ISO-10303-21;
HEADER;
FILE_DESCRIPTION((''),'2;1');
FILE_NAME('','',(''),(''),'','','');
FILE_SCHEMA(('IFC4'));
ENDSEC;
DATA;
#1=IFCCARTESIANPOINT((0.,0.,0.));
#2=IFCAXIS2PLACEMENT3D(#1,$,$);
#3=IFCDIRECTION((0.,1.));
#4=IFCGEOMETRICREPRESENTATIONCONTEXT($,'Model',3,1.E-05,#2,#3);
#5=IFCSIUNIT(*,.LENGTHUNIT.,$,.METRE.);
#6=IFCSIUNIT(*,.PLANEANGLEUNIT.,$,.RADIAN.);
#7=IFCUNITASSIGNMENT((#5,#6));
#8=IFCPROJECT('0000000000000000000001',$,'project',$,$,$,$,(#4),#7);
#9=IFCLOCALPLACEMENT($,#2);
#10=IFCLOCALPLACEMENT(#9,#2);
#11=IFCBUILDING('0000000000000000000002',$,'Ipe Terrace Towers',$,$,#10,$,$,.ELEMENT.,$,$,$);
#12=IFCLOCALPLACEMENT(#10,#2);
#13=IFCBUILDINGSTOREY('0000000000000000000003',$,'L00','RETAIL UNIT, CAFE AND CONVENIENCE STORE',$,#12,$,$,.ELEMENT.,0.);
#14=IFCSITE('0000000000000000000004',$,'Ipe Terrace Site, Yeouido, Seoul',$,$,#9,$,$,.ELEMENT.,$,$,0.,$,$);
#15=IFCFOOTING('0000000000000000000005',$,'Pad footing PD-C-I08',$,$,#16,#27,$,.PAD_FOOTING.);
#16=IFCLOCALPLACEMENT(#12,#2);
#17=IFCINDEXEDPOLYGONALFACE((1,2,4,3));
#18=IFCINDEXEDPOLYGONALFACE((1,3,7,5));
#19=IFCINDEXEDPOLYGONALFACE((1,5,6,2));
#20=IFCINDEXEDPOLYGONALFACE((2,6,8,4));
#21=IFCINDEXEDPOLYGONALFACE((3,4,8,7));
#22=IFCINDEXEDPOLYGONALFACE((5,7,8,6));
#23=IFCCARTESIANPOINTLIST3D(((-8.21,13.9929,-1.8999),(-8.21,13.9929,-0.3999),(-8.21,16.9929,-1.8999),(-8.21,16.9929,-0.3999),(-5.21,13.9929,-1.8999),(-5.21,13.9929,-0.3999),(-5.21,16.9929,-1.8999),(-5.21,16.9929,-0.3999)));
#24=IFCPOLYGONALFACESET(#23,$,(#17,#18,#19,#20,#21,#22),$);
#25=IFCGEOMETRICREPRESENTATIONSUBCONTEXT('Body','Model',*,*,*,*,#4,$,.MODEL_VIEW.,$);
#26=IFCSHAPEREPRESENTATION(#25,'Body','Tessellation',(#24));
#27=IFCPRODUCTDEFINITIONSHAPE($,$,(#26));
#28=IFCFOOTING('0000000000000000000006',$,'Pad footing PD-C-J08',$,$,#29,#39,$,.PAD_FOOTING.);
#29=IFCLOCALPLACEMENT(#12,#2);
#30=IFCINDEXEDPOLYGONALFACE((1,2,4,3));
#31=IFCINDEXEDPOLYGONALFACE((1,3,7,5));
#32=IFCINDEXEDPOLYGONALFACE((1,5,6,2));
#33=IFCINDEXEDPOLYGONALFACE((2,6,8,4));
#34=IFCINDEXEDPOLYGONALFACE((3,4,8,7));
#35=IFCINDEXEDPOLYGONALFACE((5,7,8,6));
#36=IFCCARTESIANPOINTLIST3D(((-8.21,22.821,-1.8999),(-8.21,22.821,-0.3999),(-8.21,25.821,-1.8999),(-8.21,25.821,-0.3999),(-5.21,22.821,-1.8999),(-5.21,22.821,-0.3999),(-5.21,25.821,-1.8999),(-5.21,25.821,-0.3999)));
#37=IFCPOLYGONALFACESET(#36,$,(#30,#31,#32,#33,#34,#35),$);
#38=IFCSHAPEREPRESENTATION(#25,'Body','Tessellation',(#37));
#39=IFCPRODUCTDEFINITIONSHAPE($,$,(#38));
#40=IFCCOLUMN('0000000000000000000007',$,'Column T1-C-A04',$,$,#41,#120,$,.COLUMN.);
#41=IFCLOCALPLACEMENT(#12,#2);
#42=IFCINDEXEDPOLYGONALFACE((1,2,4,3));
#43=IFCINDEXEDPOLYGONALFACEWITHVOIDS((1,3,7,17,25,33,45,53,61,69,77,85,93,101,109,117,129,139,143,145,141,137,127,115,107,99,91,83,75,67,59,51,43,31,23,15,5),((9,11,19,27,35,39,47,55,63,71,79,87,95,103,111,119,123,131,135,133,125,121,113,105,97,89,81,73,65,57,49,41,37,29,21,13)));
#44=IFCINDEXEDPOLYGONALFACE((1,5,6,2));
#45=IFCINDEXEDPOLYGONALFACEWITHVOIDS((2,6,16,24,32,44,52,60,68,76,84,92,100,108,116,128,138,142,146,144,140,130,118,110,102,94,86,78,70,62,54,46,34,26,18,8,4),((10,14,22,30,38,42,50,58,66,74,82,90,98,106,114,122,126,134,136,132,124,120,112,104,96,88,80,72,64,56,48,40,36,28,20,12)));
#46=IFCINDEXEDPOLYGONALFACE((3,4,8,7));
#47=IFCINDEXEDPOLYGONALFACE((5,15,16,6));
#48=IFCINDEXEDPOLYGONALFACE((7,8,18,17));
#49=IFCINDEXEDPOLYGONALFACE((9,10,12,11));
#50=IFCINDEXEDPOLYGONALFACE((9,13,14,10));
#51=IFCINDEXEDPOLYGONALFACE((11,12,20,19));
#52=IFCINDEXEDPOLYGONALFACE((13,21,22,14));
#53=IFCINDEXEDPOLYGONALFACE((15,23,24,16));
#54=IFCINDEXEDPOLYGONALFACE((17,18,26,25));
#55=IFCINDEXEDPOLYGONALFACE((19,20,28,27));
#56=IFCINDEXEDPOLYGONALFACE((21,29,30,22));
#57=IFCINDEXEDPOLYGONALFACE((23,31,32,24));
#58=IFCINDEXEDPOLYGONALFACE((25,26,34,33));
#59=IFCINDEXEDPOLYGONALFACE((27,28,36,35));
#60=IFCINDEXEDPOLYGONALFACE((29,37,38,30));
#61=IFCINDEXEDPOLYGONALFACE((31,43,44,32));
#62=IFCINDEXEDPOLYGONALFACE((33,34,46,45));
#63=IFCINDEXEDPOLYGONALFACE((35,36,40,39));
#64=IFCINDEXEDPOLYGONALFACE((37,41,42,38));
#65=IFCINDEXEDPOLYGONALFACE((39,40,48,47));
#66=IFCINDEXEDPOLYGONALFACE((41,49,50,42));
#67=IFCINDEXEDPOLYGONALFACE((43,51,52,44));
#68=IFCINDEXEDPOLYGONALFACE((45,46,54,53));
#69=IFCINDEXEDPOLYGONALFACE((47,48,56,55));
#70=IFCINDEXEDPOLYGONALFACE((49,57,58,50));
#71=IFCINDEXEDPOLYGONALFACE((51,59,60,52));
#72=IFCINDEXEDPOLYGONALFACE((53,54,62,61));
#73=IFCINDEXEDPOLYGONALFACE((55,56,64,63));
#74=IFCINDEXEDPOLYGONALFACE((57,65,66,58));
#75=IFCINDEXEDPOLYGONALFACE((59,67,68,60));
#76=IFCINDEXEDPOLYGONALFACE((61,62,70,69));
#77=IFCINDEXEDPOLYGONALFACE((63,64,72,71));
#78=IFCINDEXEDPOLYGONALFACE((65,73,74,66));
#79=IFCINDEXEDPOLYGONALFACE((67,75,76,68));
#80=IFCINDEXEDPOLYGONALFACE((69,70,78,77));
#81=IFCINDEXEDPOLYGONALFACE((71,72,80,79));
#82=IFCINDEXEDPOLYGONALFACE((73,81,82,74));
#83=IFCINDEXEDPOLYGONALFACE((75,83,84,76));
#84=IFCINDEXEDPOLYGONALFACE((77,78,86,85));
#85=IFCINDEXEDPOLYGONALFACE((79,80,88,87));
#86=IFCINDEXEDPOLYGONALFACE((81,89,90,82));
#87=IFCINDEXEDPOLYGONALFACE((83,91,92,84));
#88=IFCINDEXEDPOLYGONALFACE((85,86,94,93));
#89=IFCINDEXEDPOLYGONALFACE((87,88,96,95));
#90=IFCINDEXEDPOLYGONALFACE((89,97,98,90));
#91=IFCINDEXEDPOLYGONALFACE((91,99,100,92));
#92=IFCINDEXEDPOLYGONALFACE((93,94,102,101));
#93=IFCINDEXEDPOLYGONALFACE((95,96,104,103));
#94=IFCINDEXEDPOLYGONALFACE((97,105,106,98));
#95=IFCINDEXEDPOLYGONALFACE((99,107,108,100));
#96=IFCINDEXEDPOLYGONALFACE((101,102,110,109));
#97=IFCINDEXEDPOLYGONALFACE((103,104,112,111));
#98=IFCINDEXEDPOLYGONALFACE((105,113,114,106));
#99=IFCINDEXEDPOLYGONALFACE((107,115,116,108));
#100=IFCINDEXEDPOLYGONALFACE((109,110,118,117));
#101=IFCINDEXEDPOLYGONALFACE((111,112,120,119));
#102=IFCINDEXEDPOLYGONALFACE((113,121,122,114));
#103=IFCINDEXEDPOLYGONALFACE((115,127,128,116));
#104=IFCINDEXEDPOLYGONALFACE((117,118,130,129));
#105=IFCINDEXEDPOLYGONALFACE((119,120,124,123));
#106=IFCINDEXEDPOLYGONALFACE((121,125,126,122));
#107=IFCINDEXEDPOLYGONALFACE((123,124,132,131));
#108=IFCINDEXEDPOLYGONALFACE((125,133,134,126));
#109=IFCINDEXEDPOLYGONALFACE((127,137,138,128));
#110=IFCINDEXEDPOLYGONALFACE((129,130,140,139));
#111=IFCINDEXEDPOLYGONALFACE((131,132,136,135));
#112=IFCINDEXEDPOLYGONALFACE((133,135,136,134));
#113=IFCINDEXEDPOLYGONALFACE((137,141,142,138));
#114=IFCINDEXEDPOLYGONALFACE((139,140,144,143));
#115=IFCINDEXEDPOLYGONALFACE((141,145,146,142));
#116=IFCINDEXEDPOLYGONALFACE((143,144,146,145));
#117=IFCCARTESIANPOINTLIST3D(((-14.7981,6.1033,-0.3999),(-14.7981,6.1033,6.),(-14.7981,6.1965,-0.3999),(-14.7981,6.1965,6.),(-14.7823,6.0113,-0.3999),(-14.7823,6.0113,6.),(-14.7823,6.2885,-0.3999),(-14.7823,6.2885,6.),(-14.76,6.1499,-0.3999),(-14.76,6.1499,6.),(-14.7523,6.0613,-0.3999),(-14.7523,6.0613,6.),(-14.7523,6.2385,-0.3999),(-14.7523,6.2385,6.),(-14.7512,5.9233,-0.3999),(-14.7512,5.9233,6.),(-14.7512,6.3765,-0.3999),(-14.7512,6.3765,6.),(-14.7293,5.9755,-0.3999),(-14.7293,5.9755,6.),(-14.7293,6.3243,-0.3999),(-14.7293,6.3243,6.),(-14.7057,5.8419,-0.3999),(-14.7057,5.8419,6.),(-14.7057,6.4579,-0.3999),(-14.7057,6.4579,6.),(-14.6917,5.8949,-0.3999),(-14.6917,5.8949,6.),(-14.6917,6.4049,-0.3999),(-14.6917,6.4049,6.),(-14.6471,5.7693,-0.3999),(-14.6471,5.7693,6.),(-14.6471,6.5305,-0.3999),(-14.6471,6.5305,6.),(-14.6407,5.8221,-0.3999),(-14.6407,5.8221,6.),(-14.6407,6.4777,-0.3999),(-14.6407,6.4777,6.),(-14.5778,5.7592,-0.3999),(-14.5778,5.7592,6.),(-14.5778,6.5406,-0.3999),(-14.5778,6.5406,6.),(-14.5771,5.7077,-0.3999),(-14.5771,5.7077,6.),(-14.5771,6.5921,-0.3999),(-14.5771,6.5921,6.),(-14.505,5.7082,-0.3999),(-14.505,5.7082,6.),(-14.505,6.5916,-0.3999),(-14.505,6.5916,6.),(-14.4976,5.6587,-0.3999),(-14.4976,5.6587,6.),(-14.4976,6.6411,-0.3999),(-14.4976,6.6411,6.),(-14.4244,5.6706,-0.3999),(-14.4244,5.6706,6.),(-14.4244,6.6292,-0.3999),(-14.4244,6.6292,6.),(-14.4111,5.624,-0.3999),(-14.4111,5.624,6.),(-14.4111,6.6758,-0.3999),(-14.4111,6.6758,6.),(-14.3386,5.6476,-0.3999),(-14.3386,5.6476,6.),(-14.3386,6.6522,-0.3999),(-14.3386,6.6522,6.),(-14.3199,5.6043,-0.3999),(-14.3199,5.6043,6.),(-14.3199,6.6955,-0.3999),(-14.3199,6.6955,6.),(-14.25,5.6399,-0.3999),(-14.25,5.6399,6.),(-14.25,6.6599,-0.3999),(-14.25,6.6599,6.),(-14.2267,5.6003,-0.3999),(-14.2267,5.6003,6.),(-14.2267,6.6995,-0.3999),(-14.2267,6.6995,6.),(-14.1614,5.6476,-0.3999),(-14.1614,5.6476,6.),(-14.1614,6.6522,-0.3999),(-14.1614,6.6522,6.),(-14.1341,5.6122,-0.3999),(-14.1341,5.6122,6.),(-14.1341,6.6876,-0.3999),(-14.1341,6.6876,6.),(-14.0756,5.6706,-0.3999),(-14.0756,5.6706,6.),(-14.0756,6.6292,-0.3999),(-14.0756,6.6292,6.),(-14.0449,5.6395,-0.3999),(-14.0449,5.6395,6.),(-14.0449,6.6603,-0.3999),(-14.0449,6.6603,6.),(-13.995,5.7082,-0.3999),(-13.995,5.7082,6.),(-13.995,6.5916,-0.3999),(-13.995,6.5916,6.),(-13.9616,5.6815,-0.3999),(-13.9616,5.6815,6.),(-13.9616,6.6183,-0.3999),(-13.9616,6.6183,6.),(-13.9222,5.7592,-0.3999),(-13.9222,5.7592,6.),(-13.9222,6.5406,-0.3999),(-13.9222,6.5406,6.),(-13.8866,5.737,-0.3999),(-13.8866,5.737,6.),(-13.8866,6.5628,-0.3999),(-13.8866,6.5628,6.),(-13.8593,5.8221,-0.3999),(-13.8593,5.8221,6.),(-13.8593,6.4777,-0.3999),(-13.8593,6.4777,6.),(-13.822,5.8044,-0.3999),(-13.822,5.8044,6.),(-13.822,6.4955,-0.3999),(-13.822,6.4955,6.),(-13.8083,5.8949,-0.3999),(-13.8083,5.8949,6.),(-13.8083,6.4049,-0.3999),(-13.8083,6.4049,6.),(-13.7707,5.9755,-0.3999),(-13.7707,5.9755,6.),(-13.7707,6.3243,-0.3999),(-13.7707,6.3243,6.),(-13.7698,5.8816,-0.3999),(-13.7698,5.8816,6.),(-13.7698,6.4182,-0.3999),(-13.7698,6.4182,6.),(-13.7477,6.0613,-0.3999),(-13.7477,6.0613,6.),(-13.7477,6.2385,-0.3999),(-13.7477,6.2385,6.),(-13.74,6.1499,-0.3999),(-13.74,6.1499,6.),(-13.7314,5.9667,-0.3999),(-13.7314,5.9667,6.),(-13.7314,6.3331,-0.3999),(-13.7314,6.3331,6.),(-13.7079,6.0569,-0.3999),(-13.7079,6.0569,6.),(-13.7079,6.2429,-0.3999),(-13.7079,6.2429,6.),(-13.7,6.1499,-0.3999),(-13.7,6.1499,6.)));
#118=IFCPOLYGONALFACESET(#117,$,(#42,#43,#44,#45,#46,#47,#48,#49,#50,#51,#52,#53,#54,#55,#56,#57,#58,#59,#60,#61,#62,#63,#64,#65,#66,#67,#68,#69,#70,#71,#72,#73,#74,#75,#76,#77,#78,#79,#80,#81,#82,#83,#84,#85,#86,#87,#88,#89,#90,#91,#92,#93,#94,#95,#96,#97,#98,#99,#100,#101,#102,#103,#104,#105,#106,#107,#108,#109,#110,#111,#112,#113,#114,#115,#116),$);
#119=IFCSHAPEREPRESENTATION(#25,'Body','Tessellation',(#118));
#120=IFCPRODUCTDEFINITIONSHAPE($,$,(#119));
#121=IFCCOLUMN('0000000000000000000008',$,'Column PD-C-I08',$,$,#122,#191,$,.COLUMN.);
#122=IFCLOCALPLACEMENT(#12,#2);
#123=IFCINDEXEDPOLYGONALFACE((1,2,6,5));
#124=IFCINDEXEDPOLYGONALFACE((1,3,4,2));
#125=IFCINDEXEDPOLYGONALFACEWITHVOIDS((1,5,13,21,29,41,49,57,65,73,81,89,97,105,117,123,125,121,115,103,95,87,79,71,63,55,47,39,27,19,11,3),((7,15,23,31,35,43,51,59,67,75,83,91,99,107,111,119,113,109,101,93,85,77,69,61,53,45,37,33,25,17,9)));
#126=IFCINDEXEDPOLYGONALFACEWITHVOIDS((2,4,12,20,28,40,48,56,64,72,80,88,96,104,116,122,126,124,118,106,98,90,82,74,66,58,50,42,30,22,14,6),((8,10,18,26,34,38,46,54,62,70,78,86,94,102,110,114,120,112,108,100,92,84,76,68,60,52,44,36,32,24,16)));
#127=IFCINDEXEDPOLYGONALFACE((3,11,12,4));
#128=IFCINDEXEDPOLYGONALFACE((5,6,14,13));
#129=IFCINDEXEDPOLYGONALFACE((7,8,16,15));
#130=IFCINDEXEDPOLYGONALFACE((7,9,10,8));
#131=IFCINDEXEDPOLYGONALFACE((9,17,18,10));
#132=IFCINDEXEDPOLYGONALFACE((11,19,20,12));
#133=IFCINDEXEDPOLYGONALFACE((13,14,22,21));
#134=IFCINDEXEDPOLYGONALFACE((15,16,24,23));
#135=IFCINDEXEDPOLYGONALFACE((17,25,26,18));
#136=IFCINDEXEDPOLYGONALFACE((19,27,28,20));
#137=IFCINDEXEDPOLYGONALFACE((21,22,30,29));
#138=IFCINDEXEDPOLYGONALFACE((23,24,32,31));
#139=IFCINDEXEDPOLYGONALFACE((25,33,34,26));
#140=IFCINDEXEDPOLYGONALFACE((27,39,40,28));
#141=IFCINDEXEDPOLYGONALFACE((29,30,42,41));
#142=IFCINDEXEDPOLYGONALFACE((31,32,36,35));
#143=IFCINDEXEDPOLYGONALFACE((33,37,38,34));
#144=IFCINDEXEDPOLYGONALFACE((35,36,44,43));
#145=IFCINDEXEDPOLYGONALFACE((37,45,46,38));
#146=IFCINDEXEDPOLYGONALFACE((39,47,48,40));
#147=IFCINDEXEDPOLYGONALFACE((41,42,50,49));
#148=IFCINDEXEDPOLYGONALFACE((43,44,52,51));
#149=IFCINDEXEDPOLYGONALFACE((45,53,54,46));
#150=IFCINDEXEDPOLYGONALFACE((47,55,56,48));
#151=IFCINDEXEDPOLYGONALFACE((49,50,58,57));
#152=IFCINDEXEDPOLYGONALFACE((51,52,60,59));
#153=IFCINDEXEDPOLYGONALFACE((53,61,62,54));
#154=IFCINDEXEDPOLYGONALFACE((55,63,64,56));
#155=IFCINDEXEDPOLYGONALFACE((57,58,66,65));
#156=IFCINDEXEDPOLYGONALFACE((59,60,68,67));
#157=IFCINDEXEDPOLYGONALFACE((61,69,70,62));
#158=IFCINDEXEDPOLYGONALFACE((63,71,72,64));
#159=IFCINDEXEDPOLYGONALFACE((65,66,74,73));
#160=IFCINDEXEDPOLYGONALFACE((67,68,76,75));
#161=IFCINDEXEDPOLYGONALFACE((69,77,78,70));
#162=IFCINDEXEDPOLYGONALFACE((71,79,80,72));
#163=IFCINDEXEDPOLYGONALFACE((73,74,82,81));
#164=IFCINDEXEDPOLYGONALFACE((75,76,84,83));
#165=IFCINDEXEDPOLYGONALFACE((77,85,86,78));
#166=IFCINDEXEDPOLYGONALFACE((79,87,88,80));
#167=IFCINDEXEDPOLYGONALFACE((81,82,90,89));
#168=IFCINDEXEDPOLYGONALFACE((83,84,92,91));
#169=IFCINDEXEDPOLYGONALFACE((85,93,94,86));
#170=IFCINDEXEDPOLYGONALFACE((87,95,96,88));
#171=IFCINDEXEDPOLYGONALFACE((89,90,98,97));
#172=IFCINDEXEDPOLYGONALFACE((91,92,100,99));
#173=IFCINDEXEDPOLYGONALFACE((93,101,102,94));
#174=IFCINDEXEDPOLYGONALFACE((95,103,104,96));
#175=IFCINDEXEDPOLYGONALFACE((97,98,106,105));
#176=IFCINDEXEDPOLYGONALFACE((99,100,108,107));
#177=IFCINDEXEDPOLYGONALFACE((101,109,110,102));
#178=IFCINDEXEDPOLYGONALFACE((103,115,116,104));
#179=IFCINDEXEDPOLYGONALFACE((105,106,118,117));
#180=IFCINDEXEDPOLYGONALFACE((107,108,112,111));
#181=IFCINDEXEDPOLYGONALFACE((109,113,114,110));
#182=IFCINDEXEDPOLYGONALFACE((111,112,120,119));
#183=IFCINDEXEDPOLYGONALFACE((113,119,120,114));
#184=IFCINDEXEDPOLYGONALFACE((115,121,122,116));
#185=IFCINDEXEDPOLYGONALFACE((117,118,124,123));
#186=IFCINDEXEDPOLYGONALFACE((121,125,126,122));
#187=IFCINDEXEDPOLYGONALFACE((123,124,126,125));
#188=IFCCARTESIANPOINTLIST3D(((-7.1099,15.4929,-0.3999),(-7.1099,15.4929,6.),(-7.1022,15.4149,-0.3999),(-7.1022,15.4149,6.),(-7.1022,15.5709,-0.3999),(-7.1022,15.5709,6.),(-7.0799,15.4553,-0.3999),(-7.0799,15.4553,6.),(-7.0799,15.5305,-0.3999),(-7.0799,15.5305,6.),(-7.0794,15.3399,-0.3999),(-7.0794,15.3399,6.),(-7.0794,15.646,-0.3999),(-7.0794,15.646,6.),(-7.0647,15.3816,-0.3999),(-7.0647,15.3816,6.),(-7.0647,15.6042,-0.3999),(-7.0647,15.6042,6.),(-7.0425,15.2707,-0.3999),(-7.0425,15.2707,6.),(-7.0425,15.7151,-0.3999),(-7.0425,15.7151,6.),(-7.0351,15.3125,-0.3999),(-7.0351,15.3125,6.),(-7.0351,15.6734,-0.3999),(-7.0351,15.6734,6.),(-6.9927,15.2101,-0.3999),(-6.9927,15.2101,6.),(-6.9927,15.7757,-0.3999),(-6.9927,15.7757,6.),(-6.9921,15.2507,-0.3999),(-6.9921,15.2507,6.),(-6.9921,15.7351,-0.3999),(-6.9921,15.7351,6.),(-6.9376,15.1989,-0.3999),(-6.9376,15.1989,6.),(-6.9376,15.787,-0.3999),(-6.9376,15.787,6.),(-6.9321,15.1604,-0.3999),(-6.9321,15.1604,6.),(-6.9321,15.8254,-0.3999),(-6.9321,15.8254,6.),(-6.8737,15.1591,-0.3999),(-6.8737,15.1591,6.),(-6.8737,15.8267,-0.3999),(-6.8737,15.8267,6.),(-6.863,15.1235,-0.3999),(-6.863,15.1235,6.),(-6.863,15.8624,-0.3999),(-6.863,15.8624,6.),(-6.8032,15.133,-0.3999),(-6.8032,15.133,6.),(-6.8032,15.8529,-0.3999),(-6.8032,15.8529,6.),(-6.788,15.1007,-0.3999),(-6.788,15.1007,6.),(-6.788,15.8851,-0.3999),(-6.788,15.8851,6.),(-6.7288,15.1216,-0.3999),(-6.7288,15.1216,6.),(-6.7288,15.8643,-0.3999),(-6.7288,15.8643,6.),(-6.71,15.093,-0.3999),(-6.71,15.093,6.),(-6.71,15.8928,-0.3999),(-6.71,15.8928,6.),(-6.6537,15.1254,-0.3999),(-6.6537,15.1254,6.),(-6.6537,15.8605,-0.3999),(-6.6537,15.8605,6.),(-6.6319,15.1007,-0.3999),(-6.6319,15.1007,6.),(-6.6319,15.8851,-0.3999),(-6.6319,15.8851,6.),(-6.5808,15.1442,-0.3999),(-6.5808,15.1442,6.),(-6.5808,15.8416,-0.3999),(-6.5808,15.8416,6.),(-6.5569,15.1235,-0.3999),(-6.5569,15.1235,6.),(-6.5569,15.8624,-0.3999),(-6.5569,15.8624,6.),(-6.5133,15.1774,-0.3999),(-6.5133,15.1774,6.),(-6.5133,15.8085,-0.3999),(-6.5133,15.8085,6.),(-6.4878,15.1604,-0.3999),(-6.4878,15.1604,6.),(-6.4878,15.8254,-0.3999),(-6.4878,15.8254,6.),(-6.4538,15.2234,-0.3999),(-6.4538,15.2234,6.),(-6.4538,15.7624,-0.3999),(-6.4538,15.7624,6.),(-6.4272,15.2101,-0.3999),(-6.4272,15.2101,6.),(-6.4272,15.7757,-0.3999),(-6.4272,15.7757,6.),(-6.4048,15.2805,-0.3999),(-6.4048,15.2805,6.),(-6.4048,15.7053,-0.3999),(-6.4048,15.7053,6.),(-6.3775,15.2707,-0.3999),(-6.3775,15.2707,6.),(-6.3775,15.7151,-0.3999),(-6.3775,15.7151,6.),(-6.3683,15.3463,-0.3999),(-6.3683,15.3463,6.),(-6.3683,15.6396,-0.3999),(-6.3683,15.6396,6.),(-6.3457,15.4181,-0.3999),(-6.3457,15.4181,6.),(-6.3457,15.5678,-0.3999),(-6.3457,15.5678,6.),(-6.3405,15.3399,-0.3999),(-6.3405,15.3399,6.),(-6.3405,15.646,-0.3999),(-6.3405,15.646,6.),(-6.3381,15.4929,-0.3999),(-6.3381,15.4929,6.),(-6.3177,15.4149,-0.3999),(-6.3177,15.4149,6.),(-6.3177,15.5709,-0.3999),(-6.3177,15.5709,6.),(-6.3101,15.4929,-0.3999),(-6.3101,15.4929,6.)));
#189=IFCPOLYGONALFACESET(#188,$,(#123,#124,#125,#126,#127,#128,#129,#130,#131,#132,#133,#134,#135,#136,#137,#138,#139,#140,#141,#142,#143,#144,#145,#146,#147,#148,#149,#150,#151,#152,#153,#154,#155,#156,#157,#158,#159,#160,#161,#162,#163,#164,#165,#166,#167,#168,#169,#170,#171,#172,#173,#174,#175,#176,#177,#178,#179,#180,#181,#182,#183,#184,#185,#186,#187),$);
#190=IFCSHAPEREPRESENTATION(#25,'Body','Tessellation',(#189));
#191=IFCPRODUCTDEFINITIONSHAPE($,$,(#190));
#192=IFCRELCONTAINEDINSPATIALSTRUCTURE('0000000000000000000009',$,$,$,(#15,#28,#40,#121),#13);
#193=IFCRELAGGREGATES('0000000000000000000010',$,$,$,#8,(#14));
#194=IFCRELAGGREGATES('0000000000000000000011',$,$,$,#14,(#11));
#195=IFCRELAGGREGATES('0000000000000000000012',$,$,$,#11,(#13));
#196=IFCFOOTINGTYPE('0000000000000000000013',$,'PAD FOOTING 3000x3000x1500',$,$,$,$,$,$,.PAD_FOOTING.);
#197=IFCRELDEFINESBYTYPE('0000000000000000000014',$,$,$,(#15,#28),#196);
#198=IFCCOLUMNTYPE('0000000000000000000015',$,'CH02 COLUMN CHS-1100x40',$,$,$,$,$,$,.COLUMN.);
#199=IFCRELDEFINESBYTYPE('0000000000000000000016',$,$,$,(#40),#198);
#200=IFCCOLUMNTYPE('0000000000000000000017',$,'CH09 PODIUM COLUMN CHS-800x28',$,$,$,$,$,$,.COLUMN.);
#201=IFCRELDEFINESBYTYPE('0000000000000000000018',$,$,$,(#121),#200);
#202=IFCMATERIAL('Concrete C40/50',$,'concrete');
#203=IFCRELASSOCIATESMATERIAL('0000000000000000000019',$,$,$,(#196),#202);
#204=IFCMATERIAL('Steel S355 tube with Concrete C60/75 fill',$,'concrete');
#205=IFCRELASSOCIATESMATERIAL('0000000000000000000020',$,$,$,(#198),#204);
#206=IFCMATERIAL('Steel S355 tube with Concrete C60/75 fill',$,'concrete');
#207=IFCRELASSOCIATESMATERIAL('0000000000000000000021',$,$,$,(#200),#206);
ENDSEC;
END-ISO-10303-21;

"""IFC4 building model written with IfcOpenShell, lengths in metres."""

from ifc_helpers import new_model, si_unit, direction, frame, origin, origin_2d, place, context, subcontext, project, spatial, rectangle, hollow_circle, extrude, material, material_profile, profile_set, type_object, element, save


model = new_model("IFC4")

# Units and contexts
model_context = context("Model", 3, precision=1e-05, world=origin(), true_north=direction((0.0, 1.0)))
body_context = subcontext(model_context, "Body", "Model", "MODEL_VIEW")
ifc_project = project(units=[si_unit("LENGTHUNIT", "METRE"), si_unit("PLANEANGLEUNIT", "RADIAN")], contexts=[model_context])

# Site, building, storey
site_placement = place(None, origin())
site = spatial("IfcSite", under=ifc_project, at=site_placement, Name="Ipe Terrace Site, Yeouido, Seoul", CompositionType="ELEMENT", RefElevation=0.0)
building_placement = place(site_placement, origin())
building = spatial("IfcBuilding", under=site, at=building_placement, Name="Ipe Terrace Towers", CompositionType="ELEMENT")
storey_placement = place(building_placement, origin())
storey = spatial("IfcBuildingStorey", under=building, at=storey_placement, Name="L00", Description="RETAIL UNIT, CAFE AND CONVENIENCE STORE", CompositionType="ELEMENT", Elevation=0.0)

# Footings
ifc_material_1 = material(Name="Concrete C40/50", Category="concrete")
footing_type = type_object("IfcFootingType", Name="PAD FOOTING 3000x3000x1500", PredefinedType="PAD_FOOTING", material=ifc_material_1)
for number, where, z_axis, x_axis, name in (
    (1, (-6.71, 15.4929, -1.8999), (0.0, 0.0, 1.0), (1.0, 0.0, 0.0), "Pad footing PD-C-I08"),
    (2, (-6.71, 24.321, -1.8999), (0.0, 0.0, 1.0), (1.0, 0.0, 0.0), "Pad footing PD-C-J08"),
):
    element("IfcFooting", number, at=place(storey_placement, frame(where, z_axis=z_axis, x_axis=x_axis)), inside=storey, type_object=footing_type, Name=name, PredefinedType="PAD_FOOTING", context=body_context, shape_type="SweptSolid", body=[
        extrude(rectangle(XDim=3.0, YDim=3.0, at=origin_2d()), origin(), (0.0, 0.0, 1.0), 1.5),
    ])

# Columns
ifc_material_2 = material(Name="Steel S355 tube with Concrete C60/75 fill", Category="concrete")
ifc_material_profile_1 = material_profile(ifc_material_2, hollow_circle(Radius=0.55, WallThickness=0.04, at=origin_2d()), Name="CHS-1100x40")
ifc_profile_set_1 = profile_set([ifc_material_profile_1], Name="Steel S355 tube with Concrete C60/75 fill")
column_type_1 = type_object("IfcColumnType", Name="CH02 COLUMN CHS-1100x40", PredefinedType="COLUMN", material=ifc_profile_set_1)
column_placement = place(storey_placement, frame((-14.25, 6.1499, -0.3999), z_axis=(0.0, 0.0, 1.0), x_axis=(1.0, 0.0, 0.0)))
element("IfcColumn", 3, at=column_placement, inside=storey, type_object=column_type_1, Name="Column T1-C-A04", PredefinedType="COLUMN", context=body_context, shape_type="SweptSolid", body=[
    extrude(hollow_circle(Radius=0.55, WallThickness=0.04, at=origin_2d()), origin(), (0.0, 0.0, 1.0), 6.3999),
])
ifc_material_3 = material(Name="Steel S355 tube with Concrete C60/75 fill", Category="concrete")
ifc_material_profile_2 = material_profile(ifc_material_3, hollow_circle(Radius=0.3999, WallThickness=0.0281, at=origin_2d()), Name="CHS-800x28")
ifc_profile_set_2 = profile_set([ifc_material_profile_2], Name="Steel S355 tube with Concrete C60/75 fill")
column_type_2 = type_object("IfcColumnType", Name="CH09 PODIUM COLUMN CHS-800x28", PredefinedType="COLUMN", material=ifc_profile_set_2)
for number, where, z_axis, x_axis, name in (
    (4, (-6.71, 15.4929, -0.3999), (0.0, 0.0, 1.0), (1.0, 0.0, 0.0), "Column PD-C-I08"),
):
    element("IfcColumn", number, at=place(storey_placement, frame(where, z_axis=z_axis, x_axis=x_axis)), inside=storey, type_object=column_type_2, Name=name, PredefinedType="COLUMN", context=body_context, shape_type="SweptSolid", body=[
        extrude(hollow_circle(Radius=0.3999, WallThickness=0.0281, at=origin_2d()), origin(), (0.0, 0.0, 1.0), 6.3999),
    ])

save(model, "model.ifc")
